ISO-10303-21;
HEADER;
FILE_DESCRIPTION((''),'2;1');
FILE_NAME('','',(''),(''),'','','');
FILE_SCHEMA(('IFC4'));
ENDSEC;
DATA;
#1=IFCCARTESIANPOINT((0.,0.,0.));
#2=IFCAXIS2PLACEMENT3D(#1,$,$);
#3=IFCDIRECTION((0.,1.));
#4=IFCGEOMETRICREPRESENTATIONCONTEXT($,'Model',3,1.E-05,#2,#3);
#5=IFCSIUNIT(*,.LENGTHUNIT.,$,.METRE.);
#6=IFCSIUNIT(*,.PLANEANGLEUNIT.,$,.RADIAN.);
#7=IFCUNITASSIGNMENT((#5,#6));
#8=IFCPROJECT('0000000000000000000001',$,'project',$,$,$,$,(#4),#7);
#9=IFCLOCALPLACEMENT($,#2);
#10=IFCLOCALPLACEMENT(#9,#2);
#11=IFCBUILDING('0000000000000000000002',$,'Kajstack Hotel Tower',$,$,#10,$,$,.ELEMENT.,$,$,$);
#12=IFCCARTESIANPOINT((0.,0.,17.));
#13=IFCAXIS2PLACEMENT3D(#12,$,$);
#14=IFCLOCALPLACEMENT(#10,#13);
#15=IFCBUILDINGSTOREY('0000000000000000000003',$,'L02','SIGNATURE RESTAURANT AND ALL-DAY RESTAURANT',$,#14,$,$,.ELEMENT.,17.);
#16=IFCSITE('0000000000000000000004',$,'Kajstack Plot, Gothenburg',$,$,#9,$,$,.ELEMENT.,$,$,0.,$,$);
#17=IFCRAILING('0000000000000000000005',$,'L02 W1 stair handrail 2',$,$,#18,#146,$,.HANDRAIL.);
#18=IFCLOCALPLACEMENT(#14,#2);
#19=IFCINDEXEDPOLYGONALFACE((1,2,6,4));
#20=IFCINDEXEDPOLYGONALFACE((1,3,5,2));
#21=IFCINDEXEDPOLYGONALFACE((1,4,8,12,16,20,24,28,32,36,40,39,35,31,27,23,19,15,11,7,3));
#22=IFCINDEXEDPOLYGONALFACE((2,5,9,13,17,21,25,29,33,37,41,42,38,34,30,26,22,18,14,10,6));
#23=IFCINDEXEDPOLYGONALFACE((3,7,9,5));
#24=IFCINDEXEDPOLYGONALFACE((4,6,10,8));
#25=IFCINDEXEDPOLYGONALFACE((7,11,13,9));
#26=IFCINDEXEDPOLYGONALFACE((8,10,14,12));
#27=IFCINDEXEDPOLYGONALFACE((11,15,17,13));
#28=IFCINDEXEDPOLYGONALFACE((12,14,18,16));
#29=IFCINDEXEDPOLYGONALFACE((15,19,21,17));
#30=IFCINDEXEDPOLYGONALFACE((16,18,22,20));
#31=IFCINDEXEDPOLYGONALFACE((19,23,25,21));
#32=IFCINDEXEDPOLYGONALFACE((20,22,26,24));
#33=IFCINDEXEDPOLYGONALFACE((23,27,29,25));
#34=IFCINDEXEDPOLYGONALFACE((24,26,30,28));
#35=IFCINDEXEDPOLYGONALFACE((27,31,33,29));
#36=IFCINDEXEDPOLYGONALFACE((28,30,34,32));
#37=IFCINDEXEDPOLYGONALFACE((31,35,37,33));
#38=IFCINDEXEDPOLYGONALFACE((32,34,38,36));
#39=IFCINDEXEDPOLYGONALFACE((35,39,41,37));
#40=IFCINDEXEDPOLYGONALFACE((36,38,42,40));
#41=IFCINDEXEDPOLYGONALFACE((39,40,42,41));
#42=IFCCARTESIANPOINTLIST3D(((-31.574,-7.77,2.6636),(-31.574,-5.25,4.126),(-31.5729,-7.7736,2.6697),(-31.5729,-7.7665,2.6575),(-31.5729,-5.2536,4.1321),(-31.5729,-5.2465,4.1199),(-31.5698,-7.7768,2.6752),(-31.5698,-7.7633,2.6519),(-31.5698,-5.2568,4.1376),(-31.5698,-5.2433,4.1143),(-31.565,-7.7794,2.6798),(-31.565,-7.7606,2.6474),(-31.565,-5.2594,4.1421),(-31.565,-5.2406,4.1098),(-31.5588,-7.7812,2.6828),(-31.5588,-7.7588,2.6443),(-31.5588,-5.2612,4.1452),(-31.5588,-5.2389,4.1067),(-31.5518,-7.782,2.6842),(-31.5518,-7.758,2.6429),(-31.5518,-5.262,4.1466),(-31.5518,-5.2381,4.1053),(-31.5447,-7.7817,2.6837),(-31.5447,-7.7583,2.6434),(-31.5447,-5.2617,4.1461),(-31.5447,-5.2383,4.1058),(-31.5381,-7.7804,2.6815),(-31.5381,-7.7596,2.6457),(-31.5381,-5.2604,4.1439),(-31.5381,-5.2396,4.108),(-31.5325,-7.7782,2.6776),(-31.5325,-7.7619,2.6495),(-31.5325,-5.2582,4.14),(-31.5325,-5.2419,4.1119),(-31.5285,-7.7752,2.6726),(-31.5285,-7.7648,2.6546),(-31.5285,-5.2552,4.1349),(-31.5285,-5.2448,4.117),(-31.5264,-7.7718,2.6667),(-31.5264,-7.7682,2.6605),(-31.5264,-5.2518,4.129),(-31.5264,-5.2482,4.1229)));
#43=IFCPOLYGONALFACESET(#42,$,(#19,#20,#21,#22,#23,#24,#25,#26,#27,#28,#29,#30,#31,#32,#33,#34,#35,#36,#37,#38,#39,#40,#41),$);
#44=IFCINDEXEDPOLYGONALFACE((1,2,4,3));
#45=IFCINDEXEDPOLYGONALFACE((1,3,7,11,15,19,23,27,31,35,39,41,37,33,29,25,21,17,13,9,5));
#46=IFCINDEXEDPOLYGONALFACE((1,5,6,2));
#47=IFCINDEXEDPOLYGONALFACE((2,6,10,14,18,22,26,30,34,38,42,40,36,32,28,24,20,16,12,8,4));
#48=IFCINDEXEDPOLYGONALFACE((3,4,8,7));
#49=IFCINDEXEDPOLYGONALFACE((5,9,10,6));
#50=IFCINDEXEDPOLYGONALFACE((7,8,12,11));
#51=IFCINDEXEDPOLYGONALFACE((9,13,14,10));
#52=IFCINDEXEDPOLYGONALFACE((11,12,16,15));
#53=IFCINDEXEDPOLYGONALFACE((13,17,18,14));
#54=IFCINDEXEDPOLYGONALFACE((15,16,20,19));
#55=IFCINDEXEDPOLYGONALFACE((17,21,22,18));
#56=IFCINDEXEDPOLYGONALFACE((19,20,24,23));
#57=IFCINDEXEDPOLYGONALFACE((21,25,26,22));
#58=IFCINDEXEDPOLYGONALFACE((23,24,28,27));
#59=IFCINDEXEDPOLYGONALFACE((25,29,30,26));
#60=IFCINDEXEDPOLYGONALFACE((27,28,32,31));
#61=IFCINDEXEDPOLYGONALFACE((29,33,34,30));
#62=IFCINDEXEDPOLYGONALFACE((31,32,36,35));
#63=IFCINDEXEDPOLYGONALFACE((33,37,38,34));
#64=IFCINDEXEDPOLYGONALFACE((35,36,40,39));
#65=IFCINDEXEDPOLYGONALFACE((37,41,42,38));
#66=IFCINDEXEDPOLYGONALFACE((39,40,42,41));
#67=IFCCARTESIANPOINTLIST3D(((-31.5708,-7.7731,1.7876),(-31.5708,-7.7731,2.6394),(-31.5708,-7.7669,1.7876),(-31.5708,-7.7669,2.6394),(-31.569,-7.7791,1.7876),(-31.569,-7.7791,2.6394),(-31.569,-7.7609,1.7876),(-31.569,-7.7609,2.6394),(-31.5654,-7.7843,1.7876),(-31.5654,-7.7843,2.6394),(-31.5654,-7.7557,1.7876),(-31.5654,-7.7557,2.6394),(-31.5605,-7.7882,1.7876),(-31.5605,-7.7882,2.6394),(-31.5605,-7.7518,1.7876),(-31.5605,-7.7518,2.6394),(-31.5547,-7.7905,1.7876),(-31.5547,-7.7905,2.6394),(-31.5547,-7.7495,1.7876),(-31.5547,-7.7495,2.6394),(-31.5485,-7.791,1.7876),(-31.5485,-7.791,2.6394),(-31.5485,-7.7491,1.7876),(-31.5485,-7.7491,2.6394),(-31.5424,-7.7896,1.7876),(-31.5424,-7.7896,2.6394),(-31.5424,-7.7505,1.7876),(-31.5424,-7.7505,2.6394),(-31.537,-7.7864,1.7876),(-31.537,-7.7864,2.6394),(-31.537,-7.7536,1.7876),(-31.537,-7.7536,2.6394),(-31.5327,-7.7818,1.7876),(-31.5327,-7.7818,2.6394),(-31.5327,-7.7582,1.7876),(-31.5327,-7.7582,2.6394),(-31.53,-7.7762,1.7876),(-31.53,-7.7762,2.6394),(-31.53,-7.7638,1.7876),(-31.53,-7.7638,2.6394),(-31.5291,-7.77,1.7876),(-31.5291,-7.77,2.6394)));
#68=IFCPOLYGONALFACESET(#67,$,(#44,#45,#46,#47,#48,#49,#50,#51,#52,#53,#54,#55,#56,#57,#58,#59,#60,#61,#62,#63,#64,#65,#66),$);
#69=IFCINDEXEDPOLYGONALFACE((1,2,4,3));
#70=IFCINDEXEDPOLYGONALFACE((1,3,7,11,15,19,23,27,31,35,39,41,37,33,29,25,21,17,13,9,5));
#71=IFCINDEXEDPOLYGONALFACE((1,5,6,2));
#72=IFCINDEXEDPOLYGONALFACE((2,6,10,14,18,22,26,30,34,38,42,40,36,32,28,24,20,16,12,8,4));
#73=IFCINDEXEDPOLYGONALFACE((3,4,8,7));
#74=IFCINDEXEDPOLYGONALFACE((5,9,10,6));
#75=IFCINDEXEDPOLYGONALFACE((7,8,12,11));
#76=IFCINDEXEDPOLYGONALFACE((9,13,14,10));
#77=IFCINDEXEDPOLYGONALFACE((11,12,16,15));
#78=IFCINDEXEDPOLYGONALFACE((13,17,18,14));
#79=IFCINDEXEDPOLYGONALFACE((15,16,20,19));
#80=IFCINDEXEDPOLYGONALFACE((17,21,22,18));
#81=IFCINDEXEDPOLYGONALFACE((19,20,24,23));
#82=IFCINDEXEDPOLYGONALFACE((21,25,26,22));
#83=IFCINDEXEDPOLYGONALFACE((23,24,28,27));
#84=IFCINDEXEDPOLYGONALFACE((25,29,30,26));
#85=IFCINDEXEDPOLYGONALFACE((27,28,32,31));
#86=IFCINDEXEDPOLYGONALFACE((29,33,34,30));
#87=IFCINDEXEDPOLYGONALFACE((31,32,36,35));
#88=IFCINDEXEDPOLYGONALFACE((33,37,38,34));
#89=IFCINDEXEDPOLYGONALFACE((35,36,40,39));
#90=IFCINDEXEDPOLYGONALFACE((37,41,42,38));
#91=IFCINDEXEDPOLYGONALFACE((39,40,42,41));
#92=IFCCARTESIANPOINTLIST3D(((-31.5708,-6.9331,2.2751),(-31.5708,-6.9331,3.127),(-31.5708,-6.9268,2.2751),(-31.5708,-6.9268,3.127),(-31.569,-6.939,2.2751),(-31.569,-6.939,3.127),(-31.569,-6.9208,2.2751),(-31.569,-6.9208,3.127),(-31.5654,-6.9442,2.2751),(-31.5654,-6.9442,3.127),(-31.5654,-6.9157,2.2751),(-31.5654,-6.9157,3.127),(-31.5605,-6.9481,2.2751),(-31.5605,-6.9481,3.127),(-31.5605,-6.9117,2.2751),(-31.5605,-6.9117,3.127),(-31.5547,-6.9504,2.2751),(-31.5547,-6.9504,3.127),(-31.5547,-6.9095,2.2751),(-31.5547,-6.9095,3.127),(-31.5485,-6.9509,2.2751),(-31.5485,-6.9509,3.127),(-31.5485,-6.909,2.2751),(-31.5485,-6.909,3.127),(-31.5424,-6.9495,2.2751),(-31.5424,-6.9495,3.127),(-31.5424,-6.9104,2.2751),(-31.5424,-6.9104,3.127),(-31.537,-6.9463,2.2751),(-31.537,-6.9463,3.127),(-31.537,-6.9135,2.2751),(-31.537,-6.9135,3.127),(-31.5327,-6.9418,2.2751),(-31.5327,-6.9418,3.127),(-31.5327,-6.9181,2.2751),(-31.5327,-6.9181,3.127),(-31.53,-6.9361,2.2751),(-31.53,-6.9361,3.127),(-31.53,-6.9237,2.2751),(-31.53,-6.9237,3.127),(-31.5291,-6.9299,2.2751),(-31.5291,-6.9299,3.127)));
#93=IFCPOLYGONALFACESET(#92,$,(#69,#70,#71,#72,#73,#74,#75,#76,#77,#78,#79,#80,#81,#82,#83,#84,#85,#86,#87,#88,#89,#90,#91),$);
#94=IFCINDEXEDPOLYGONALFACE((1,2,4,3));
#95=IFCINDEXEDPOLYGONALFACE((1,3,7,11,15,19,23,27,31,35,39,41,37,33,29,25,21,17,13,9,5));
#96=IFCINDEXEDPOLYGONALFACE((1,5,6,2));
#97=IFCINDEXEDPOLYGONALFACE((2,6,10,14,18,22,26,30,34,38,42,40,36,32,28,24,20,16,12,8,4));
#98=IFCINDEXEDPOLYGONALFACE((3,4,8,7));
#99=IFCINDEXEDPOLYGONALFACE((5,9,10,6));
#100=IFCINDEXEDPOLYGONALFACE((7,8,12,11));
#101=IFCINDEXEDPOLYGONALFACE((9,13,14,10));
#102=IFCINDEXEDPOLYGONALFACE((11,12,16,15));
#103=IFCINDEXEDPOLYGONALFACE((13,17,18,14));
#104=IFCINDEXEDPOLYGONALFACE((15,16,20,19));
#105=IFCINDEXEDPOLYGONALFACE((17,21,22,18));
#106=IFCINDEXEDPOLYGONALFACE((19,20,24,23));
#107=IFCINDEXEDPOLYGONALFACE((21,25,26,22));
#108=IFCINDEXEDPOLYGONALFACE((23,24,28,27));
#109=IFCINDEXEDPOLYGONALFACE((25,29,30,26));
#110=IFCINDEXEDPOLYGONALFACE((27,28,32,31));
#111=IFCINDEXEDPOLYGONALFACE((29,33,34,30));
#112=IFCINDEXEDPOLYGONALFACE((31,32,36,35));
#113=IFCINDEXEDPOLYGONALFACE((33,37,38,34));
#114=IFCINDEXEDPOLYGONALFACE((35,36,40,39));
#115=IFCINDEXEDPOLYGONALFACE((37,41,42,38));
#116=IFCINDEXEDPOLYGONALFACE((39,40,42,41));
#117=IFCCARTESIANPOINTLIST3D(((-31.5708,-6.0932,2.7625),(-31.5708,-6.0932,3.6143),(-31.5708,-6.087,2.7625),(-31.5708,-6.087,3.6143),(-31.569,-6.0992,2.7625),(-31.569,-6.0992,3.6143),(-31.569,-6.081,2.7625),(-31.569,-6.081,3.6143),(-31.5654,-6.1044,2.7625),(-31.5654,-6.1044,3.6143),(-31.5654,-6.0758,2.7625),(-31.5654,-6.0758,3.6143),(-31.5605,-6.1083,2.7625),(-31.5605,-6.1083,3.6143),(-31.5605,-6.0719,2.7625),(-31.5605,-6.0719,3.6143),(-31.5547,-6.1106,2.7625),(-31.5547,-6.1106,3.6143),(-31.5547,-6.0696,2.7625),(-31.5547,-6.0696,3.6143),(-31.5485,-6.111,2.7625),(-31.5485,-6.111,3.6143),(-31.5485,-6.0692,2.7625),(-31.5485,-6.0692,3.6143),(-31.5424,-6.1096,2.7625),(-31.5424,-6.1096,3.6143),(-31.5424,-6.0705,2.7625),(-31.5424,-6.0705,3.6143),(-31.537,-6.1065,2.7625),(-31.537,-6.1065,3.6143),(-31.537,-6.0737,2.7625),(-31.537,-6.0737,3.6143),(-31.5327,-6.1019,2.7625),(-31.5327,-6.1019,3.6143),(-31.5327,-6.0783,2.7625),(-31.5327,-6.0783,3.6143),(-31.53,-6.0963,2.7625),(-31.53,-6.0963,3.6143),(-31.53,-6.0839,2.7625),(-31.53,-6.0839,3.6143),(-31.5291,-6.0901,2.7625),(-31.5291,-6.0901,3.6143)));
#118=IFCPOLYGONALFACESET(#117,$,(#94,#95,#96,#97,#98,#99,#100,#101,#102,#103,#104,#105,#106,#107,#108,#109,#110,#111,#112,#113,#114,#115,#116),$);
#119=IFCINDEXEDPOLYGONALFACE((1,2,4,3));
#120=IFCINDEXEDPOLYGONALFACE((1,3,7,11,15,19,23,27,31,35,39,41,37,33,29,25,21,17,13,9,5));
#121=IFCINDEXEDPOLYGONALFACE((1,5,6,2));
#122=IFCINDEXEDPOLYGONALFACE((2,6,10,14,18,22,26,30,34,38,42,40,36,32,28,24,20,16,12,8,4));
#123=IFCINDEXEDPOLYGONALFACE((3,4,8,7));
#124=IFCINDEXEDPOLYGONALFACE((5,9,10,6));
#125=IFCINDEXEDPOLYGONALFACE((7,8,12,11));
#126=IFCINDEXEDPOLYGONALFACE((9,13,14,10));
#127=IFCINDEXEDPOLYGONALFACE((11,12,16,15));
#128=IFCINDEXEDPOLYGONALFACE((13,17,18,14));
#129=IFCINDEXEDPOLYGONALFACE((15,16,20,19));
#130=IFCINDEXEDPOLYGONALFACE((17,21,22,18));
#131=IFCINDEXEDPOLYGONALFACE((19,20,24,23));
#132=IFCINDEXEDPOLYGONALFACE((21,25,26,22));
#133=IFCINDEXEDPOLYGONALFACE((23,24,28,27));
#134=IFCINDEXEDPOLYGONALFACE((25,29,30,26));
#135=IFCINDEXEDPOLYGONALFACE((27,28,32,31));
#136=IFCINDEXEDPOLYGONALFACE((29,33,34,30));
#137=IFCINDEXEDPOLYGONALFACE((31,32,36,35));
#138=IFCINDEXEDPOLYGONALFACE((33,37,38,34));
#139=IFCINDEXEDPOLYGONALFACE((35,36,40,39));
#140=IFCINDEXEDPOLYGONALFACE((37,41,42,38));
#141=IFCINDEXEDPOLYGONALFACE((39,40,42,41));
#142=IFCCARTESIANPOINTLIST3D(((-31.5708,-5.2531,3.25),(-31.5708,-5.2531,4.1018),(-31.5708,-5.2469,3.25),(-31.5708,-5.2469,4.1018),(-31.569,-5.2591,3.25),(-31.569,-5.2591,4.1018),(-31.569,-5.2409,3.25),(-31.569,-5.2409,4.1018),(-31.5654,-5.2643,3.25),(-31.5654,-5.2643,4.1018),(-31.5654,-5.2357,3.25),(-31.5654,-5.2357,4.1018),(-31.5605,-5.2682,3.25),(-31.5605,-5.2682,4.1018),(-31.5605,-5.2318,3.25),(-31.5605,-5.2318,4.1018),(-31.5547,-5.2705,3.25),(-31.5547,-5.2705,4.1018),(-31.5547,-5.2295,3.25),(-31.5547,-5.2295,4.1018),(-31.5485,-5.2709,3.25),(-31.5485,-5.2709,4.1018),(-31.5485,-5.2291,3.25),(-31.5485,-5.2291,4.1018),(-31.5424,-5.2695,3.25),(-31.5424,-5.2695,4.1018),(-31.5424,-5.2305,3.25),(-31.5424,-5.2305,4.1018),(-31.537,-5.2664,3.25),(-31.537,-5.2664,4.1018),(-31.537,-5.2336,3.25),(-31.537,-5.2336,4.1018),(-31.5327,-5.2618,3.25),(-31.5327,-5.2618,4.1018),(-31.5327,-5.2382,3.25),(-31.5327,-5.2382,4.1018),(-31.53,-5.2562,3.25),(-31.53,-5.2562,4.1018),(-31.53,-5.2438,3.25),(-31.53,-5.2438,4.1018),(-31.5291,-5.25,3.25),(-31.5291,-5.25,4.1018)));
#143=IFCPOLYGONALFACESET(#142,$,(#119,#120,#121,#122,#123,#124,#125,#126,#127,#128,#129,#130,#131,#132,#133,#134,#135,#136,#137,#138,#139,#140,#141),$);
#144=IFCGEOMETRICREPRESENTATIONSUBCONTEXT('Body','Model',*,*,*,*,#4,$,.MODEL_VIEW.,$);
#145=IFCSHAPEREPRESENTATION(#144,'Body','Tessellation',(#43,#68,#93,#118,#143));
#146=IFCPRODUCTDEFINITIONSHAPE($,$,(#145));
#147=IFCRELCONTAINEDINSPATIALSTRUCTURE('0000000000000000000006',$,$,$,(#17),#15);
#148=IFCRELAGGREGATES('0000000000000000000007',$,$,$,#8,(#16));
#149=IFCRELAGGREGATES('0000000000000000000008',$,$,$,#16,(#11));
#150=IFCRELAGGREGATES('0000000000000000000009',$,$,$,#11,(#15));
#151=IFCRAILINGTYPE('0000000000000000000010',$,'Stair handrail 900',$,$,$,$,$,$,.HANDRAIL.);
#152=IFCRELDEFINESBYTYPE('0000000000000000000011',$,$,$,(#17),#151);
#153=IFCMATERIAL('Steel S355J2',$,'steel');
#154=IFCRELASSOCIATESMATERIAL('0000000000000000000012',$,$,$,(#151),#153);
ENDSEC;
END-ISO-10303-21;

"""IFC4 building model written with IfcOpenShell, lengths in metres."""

from ifc_helpers import new_model, si_unit, direction, frame, origin, origin_2d, place, context, subcontext, project, spatial, circle, extrude, material, type_object, element, save


model = new_model("IFC4")

# Units and contexts
model_context = context("Model", 3, precision=1e-05, world=origin(), true_north=direction((0.0, 1.0)))
body_context = subcontext(model_context, "Body", "Model", "MODEL_VIEW")
ifc_project = project(units=[si_unit("LENGTHUNIT", "METRE"), si_unit("PLANEANGLEUNIT", "RADIAN")], contexts=[model_context])

# Site, building, storey
site_placement = place(None, origin())
site = spatial("IfcSite", under=ifc_project, at=site_placement, Name="Kajstack Plot, Gothenburg", CompositionType="ELEMENT", RefElevation=0.0)
building_placement = place(site_placement, origin())
building = spatial("IfcBuilding", under=site, at=building_placement, Name="Kajstack Hotel Tower", CompositionType="ELEMENT")
storey_placement = place(building_placement, frame((0.0, 0.0, 17.0)))
storey = spatial("IfcBuildingStorey", under=building, at=storey_placement, Name="L02", Description="SIGNATURE RESTAURANT AND ALL-DAY RESTAURANT", CompositionType="ELEMENT", Elevation=17.0)

# Railing
ifc_material_1 = material(Name="Steel S355J2", Category="steel")
railing_type = type_object("IfcRailingType", Name="Stair handrail 900", PredefinedType="HANDRAIL", material=ifc_material_1)
railing_placement = place(storey_placement, frame((-31.55, -7.77, 1.7876)))
element("IfcRailing", 1, at=railing_placement, inside=storey, type_object=railing_type, Name="L02 W1 stair handrail 2", PredefinedType="HANDRAIL", context=body_context, shape_type="SweptSolid", body=[
    extrude(circle(Radius=0.0239, at=origin_2d()), frame((0.0, 0.0, 0.876), z_axis=(0.0, 0.864913, 0.501921), x_axis=(-1.0, 0.0, 0.0)), (0.0, 0.0, 1.0), 2.9136),
    extrude(circle(Radius=0.021, at=origin_2d()), origin(), (0.0, 0.0, 1.0), 0.8518),
    extrude(circle(Radius=0.021, at=origin_2d()), frame((0.0, 0.8401, 0.4875)), (0.0, 0.0, 1.0), 0.8518),
    extrude(circle(Radius=0.021, at=origin_2d()), frame((0.0, 1.6799, 0.9749)), (0.0, 0.0, 1.0), 0.8518),
    extrude(circle(Radius=0.021, at=origin_2d()), frame((0.0, 2.52, 1.4624)), (0.0, 0.0, 1.0), 0.8518),
])

save(model, "model.ifc")
